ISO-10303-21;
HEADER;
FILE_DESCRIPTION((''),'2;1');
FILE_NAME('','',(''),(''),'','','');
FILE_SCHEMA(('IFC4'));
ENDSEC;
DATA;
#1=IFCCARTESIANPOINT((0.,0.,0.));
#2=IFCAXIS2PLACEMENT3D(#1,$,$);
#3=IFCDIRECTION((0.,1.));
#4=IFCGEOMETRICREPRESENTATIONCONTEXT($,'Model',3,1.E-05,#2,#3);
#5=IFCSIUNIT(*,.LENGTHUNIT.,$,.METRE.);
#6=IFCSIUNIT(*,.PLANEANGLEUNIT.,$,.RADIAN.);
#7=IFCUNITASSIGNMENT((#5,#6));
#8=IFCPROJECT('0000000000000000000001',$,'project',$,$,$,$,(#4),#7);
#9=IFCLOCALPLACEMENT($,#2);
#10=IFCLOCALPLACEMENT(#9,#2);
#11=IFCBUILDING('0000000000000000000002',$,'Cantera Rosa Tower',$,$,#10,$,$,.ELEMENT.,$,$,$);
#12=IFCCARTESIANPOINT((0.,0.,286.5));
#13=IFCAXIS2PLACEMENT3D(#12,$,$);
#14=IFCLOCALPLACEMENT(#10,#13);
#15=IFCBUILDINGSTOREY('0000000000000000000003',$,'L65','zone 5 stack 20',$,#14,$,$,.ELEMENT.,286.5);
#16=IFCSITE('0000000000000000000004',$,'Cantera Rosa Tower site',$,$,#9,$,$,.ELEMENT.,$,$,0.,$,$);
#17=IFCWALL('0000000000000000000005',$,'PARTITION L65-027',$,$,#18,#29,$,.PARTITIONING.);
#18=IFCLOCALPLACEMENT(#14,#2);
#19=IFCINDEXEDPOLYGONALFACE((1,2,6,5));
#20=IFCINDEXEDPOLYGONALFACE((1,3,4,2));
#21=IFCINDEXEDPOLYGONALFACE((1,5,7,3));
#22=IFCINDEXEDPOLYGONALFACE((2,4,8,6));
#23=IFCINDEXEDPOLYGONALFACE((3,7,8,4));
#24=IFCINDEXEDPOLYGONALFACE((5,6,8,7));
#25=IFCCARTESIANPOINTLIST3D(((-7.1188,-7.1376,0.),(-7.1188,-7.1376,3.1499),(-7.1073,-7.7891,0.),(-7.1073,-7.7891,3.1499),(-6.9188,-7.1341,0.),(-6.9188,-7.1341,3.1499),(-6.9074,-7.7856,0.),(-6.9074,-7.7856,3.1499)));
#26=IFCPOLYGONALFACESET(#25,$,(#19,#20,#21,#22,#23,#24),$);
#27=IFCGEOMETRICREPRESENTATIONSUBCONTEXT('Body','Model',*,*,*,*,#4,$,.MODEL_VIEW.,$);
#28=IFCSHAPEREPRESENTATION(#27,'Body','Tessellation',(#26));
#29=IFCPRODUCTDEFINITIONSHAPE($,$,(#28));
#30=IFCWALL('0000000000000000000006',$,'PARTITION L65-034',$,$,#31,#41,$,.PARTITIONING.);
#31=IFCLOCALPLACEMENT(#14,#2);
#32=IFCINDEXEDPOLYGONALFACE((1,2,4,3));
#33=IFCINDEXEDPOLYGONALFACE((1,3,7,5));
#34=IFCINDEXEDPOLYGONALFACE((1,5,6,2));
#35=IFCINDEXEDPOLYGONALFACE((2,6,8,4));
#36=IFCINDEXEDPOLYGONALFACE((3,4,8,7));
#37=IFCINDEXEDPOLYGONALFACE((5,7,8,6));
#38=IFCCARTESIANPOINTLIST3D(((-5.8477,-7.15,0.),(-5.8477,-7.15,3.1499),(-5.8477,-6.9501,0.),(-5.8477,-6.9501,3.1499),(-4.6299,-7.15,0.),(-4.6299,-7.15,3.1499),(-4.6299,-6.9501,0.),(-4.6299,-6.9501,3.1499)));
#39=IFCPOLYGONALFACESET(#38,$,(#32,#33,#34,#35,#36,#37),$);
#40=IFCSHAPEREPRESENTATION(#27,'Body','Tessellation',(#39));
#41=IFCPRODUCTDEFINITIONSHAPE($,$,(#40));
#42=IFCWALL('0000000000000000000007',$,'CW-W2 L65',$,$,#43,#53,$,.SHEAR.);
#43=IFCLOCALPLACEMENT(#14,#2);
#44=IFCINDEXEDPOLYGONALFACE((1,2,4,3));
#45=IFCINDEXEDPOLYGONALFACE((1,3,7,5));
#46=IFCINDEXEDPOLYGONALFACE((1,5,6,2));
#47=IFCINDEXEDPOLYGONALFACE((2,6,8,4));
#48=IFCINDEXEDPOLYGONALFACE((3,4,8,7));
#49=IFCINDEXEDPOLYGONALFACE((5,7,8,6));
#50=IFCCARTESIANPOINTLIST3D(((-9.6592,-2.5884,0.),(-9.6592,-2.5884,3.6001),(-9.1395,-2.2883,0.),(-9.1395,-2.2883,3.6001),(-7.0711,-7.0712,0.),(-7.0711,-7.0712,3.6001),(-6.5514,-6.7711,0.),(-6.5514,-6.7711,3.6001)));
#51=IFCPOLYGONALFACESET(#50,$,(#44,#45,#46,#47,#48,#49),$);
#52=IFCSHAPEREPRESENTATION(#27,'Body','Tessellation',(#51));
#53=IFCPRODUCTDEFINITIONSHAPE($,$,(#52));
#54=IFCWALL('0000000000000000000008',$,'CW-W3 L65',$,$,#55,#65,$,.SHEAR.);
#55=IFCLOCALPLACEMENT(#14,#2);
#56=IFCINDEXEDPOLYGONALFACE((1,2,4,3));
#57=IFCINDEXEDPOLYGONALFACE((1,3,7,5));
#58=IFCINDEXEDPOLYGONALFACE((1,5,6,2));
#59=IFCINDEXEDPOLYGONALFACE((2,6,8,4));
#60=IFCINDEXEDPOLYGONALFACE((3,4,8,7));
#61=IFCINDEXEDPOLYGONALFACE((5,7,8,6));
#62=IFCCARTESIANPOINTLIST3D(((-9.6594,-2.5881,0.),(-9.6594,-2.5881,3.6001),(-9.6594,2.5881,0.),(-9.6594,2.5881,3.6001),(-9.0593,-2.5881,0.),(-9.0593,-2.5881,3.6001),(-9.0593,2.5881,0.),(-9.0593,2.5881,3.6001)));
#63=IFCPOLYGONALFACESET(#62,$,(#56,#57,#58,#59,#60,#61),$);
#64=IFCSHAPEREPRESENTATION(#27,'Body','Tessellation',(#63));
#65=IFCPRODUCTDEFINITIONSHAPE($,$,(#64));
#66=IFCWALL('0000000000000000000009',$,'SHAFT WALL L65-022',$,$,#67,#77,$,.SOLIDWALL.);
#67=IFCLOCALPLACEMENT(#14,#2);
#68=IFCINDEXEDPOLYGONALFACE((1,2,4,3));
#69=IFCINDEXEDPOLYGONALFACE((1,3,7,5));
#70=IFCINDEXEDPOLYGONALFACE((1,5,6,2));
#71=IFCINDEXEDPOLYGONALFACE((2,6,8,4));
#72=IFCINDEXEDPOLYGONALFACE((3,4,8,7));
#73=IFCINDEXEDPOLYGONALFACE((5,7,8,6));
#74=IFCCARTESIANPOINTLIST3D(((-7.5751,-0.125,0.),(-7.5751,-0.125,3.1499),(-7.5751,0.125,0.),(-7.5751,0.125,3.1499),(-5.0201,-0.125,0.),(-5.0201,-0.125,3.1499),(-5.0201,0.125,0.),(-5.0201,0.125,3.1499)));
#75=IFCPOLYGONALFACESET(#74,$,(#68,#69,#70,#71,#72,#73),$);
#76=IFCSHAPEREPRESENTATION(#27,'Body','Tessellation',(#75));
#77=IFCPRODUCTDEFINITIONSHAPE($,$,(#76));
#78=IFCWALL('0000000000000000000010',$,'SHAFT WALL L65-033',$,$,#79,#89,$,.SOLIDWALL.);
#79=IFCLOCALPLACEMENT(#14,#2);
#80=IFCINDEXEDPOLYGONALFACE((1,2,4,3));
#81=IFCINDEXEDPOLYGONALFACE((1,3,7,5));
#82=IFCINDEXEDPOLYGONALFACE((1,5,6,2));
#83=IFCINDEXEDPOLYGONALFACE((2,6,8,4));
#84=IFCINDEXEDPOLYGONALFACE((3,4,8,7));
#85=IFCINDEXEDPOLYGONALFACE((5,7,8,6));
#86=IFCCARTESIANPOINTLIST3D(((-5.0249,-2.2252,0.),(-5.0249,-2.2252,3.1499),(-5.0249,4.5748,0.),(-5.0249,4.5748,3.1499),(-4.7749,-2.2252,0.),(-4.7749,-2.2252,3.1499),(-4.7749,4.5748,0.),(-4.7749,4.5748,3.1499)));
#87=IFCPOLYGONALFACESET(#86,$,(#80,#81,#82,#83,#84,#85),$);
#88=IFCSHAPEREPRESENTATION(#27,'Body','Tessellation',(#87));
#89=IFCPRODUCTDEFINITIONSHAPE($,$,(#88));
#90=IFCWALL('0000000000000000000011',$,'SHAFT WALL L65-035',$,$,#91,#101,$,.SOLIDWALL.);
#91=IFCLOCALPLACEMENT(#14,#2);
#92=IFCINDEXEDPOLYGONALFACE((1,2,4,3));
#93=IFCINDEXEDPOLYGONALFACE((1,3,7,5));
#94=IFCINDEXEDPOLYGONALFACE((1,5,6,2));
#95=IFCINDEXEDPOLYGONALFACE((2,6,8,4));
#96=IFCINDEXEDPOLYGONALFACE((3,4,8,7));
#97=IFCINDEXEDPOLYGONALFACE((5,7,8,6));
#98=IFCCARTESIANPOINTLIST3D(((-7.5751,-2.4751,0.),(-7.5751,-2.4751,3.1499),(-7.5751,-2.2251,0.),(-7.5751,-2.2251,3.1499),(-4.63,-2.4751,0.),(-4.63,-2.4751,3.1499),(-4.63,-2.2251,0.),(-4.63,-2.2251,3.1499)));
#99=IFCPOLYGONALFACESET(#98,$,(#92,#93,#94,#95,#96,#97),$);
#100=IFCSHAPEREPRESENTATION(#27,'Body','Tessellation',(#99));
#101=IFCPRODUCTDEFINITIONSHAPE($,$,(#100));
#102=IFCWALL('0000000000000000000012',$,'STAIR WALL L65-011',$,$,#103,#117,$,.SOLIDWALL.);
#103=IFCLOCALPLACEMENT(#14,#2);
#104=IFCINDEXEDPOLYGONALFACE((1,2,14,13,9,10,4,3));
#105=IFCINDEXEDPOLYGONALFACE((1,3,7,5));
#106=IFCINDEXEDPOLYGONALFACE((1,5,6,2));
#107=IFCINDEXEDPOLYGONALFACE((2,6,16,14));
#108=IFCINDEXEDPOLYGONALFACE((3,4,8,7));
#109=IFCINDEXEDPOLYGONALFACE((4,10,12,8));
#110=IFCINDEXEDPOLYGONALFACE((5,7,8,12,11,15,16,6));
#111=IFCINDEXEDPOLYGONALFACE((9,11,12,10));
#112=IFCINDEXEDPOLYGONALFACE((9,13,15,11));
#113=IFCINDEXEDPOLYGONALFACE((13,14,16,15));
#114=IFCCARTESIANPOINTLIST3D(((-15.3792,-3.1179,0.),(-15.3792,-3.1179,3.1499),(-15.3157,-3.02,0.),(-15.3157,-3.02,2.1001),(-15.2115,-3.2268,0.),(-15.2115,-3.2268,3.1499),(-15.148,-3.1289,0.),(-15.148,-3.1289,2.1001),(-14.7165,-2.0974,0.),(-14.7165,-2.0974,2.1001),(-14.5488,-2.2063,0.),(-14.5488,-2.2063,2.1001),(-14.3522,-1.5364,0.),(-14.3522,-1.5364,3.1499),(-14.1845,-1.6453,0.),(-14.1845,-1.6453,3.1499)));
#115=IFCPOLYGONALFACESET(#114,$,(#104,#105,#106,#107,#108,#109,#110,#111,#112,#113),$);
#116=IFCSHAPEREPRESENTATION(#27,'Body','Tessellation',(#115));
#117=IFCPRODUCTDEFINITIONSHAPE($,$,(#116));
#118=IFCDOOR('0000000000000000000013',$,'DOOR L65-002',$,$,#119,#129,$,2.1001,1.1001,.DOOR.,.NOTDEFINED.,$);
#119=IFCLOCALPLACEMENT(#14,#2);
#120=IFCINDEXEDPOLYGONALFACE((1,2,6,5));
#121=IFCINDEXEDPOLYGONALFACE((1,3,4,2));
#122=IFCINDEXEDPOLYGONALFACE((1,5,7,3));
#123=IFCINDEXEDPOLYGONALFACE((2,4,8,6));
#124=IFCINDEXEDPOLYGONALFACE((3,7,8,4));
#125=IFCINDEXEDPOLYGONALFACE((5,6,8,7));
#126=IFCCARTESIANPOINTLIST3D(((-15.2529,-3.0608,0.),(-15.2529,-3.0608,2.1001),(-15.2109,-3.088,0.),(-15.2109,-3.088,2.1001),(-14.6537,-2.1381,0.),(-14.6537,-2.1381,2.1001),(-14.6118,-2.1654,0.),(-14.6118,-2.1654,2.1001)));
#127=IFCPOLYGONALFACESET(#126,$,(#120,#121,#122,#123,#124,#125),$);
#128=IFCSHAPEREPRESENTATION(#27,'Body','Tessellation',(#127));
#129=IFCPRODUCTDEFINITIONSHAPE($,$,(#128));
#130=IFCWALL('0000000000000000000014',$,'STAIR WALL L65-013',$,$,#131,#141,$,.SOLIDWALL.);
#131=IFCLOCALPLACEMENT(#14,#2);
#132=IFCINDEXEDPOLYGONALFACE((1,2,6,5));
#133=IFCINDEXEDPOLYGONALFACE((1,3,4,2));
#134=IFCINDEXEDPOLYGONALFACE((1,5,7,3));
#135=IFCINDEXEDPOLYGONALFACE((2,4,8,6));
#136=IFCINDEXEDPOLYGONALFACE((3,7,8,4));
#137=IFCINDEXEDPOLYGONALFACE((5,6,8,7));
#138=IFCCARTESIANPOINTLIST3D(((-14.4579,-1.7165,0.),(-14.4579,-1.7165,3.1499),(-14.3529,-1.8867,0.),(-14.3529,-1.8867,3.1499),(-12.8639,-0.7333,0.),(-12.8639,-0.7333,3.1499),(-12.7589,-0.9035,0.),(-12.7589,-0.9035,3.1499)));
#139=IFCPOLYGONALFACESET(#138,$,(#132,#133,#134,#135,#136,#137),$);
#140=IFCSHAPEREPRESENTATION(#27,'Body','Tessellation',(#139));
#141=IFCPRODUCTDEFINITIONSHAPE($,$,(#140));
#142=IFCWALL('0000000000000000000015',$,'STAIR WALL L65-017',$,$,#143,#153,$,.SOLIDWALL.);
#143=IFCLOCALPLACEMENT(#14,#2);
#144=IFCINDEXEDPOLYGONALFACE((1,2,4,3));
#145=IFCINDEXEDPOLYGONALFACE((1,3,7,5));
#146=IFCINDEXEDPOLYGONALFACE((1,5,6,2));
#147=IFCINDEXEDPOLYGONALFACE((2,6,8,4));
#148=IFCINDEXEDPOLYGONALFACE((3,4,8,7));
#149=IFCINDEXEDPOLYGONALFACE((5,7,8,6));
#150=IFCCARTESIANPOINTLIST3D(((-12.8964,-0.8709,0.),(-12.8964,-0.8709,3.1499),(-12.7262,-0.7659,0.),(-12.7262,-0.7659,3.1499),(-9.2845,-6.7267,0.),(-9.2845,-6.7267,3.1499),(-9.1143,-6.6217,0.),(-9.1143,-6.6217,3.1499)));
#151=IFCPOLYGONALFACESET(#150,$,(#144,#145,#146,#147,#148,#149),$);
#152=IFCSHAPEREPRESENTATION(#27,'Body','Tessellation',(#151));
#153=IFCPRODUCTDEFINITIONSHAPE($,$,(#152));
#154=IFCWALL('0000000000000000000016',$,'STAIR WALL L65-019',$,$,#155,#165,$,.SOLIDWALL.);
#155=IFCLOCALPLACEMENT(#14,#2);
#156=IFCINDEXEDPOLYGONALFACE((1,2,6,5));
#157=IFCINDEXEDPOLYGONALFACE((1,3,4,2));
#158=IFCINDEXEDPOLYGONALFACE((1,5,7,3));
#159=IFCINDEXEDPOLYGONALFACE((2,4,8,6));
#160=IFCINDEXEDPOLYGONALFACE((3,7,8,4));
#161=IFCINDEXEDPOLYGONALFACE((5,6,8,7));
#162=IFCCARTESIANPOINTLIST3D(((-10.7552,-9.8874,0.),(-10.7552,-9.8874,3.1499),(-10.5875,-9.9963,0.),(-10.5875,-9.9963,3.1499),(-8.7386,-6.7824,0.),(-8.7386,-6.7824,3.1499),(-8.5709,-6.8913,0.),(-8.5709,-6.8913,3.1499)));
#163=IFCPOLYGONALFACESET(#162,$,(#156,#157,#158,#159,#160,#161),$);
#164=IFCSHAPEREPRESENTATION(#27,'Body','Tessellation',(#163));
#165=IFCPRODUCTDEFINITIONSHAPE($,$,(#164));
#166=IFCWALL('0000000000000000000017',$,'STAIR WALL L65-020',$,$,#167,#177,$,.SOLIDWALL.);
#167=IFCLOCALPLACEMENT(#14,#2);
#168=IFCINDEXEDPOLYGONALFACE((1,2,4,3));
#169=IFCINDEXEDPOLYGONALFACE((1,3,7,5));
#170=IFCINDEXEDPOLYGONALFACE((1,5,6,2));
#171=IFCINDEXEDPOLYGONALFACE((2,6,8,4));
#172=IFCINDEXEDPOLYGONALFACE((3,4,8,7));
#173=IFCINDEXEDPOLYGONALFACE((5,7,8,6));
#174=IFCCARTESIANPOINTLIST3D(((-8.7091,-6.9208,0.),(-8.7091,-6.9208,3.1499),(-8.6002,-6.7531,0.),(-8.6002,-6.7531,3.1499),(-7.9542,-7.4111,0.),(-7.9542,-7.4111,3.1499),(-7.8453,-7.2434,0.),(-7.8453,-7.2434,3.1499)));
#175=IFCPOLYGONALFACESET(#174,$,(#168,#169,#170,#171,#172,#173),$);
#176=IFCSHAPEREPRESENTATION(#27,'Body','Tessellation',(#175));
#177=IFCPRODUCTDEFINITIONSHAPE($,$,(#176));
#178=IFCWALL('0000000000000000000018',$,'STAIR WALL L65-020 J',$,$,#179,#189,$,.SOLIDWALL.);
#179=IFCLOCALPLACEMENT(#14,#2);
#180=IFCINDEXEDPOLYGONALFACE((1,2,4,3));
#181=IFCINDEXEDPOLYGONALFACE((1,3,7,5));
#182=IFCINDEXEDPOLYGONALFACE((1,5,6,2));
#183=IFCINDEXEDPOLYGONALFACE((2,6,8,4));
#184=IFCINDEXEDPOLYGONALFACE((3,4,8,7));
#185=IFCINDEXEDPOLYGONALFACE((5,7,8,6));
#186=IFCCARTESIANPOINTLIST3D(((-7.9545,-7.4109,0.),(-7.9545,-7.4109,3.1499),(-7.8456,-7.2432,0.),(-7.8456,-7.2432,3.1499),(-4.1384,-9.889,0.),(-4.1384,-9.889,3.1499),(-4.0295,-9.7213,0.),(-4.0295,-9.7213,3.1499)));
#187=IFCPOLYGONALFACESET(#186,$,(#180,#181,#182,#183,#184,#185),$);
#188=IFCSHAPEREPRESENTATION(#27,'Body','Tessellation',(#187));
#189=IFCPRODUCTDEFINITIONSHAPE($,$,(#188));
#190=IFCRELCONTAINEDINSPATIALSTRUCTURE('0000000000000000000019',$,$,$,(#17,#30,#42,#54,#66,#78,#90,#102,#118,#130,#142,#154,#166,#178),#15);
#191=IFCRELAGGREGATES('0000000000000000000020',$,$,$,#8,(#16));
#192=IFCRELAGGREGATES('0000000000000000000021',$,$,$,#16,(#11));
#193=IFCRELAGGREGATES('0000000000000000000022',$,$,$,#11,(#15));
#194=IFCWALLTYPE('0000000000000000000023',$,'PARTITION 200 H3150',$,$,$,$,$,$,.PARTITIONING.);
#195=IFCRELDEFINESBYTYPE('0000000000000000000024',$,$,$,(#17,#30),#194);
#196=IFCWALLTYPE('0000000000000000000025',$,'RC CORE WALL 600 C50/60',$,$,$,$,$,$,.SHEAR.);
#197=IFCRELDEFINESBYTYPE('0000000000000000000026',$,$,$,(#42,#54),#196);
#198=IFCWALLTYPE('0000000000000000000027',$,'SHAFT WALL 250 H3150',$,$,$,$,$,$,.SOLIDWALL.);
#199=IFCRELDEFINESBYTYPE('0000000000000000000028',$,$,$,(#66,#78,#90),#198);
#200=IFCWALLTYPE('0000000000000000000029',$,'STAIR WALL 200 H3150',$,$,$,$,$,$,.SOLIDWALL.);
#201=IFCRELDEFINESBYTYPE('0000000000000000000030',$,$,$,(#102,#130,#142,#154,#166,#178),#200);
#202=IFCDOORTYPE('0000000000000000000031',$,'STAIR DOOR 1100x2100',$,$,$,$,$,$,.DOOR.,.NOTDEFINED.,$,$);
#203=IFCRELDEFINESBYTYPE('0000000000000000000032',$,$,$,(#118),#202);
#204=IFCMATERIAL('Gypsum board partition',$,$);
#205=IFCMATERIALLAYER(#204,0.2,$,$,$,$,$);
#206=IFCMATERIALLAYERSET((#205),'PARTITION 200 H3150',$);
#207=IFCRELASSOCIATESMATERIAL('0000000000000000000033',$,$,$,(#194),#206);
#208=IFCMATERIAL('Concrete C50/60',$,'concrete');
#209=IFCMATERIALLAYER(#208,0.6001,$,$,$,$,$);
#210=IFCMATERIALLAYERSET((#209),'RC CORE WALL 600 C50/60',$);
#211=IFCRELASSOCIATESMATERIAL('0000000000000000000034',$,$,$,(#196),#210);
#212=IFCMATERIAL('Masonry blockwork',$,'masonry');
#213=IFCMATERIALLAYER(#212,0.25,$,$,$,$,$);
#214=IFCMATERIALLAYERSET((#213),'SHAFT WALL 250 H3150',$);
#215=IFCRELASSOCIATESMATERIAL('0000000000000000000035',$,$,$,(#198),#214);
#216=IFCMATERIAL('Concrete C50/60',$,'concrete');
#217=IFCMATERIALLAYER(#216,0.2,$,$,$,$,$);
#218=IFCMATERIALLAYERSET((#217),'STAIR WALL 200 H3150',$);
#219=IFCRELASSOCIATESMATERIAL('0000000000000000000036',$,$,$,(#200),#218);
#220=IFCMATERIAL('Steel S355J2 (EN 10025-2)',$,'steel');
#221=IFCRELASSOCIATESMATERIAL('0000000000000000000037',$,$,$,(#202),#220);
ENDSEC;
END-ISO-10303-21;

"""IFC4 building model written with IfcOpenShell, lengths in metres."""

from ifc_helpers import new_model, si_unit, direction, frame, frame_2d, origin, place, context, subcontext, project, spatial, rectangle, extrude, material, layer, layer_set, type_object, element, fill, save


model = new_model("IFC4")

# Units and contexts
model_context = context("Model", 3, precision=1e-05, world=origin(), true_north=direction((0.0, 1.0)))
body_context = subcontext(model_context, "Body", "Model", "MODEL_VIEW")
ifc_project = project(units=[si_unit("LENGTHUNIT", "METRE"), si_unit("PLANEANGLEUNIT", "RADIAN")], contexts=[model_context])

# Site, building, storey
site_placement = place(None, origin())
site = spatial("IfcSite", under=ifc_project, at=site_placement, Name="Cantera Rosa Tower site", CompositionType="ELEMENT", RefElevation=0.0)
building_placement = place(site_placement, origin())
building = spatial("IfcBuilding", under=site, at=building_placement, Name="Cantera Rosa Tower", CompositionType="ELEMENT")
storey_placement = place(building_placement, frame((0.0, 0.0, 286.5)))
storey = spatial("IfcBuildingStorey", under=building, at=storey_placement, Name="L65", Description="zone 5 stack 20", CompositionType="ELEMENT", Elevation=286.5)

# Walls
ifc_material_1 = material(Name="Gypsum board partition")
ifc_layer_1 = layer(ifc_material_1, 0.2)
ifc_layer_set_1 = layer_set([ifc_layer_1], Name="PARTITION 200 H3150")
wall_type_1 = type_object("IfcWallType", Name="PARTITION 200 H3150", PredefinedType="PARTITIONING", material=ifc_layer_set_1)
wall_1_placement = place(storey_placement, frame((-7.0188, -7.136, 0.0), z_axis=(0.0, 0.0, 1.0), x_axis=(0.017607, -0.999845, 0.0)))
element("IfcWall", 1, at=wall_1_placement, inside=storey, type_object=wall_type_1, Name="PARTITION L65-027", PredefinedType="PARTITIONING", context=body_context, shape_type="SweptSolid", body=[
    extrude(rectangle(XDim=0.6516, YDim=0.2, at=frame_2d((0.3257, 0.0))), origin(), (0.0, 0.0, 1.0), 3.1499),
])
wall_2_placement = place(storey_placement, frame((-4.6299, -7.05, 0.0), z_axis=(0.0, 0.0, 1.0), x_axis=(-1.0, 0.0, 0.0)))
element("IfcWall", 2, at=wall_2_placement, inside=storey, type_object=wall_type_1, Name="PARTITION L65-034", PredefinedType="PARTITIONING", context=body_context, shape_type="SweptSolid", body=[
    extrude(rectangle(XDim=1.2178, YDim=0.2, at=frame_2d((0.6089, 0.0))), origin(), (0.0, 0.0, 1.0), 3.1499),
])
ifc_material_2 = material(Name="Concrete C50/60", Category="concrete")
ifc_layer_2 = layer(ifc_material_2, 0.6001)
ifc_layer_set_2 = layer_set([ifc_layer_2], Name="RC CORE WALL 600 C50/60")
wall_type_2 = type_object("IfcWallType", Name="RC CORE WALL 600 C50/60", PredefinedType="SHEAR", material=ifc_layer_set_2)
for number, where, z_axis, x_axis, name in (
    (3, (-6.8113, -6.9211, 0.0), (0.0, 0.0, 1.0), (-0.499989, 0.866032, 0.0), "CW-W2 L65"),
    (4, (-9.3594, -2.5881, 0.0), (0.0, 0.0, 1.0), (0.0, 1.0, 0.0), "CW-W3 L65"),
):
    element("IfcWall", number, at=place(storey_placement, frame(where, z_axis=z_axis, x_axis=x_axis)), inside=storey, type_object=wall_type_2, Name=name, PredefinedType="SHEAR", context=body_context, shape_type="SweptSolid", body=[
        extrude(rectangle(XDim=5.1763, YDim=0.6001, at=frame_2d((2.5881, 0.0))), origin(), (0.0, 0.0, 1.0), 3.6001),
    ])
ifc_material_3 = material(Name="Masonry blockwork", Category="masonry")
ifc_layer_3 = layer(ifc_material_3, 0.25)
ifc_layer_set_3 = layer_set([ifc_layer_3], Name="SHAFT WALL 250 H3150")
wall_type_3 = type_object("IfcWallType", Name="SHAFT WALL 250 H3150", PredefinedType="SOLIDWALL", material=ifc_layer_set_3)
wall_3_placement = place(storey_placement, frame((-7.575, 0.0, 0.0), z_axis=(0.0, 0.0, 1.0), x_axis=(1.0, 0.0, 0.0)))
element("IfcWall", 5, at=wall_3_placement, inside=storey, type_object=wall_type_3, Name="SHAFT WALL L65-022", PredefinedType="SOLIDWALL", context=body_context, shape_type="SweptSolid", body=[
    extrude(rectangle(XDim=2.5549, YDim=0.25, at=frame_2d((1.2773, 0.0))), origin(), (0.0, 0.0, 1.0), 3.1499),
])
wall_4_placement = place(storey_placement, frame((-4.8999, -2.2251, 0.0), z_axis=(0.0, 0.0, 1.0), x_axis=(0.0, 1.0, 0.0)))
element("IfcWall", 6, at=wall_4_placement, inside=storey, type_object=wall_type_3, Name="SHAFT WALL L65-033", PredefinedType="SOLIDWALL", context=body_context, shape_type="SweptSolid", body=[
    extrude(rectangle(XDim=6.8, YDim=0.25, at=frame_2d((3.3999, 0.0))), origin(), (0.0, 0.0, 1.0), 3.1499),
])
wall_5_placement = place(storey_placement, frame((-4.6299, -2.3501, 0.0), z_axis=(0.0, 0.0, 1.0), x_axis=(-1.0, 0.0, 0.0)))
element("IfcWall", 7, at=wall_5_placement, inside=storey, type_object=wall_type_3, Name="SHAFT WALL L65-035", PredefinedType="SOLIDWALL", context=body_context, shape_type="SweptSolid", body=[
    extrude(rectangle(XDim=2.9451, YDim=0.25, at=frame_2d((1.4727, 0.0))), origin(), (0.0, 0.0, 1.0), 3.1499),
])

# Wall, opening, door
ifc_material_4 = material(Name="Concrete C50/60", Category="concrete")
ifc_layer_4 = layer(ifc_material_4, 0.2)
ifc_layer_set_4 = layer_set([ifc_layer_4], Name="STAIR WALL 200 H3150")
wall_type_4 = type_object("IfcWallType", Name="STAIR WALL 200 H3150", PredefinedType="SOLIDWALL", material=ifc_layer_set_4)
wall_6_placement = place(storey_placement, frame((-14.2683, -1.5908, 0.0), z_axis=(0.0, 0.0, 1.0), x_axis=(-0.544652, -0.838662, 0.0)))
wall_6 = element("IfcWall", 8, at=wall_6_placement, inside=storey, type_object=wall_type_4, Name="STAIR WALL L65-011", PredefinedType="SOLIDWALL", context=body_context, shape_type="SweptSolid", body=[
    extrude(rectangle(XDim=1.8857, YDim=0.2, at=frame_2d((0.9429, 0.0))), origin(), (0.0, 0.0, 1.0), 3.1499),
])
opening_placement = place(wall_6_placement, frame((0.6689, 0.0, 0.0)))
opening = element("IfcOpeningElement", 9, at=opening_placement, cuts=wall_6, PredefinedType="OPENING", context=body_context, shape_type="SweptSolid", body=[
    extrude(rectangle(XDim=1.1001, YDim=2.1001, at=frame_2d((0.55, 1.05))), frame((0.0, 0.1099, 0.0), z_axis=(0.0, -1.0, 0.0), x_axis=(1.0, 0.0, 0.0)), (0.0, 0.0, 1.0), 0.22),
])
ifc_material_5 = material(Name="Steel S355J2 (EN 10025-2)", Category="steel")
door_type = type_object("IfcDoorType", Name="STAIR DOOR 1100x2100", OperationType="NOTDEFINED", PredefinedType="DOOR", material=ifc_material_5)
door_placement = place(opening_placement, origin())
door = element("IfcDoor", 10, at=door_placement, inside=storey, type_object=door_type, Name="DOOR L65-002", OperationType="NOTDEFINED", OverallHeight=2.1001, OverallWidth=1.1001, PredefinedType="DOOR", context=body_context, shape_type="SweptSolid", body=[
    extrude(rectangle(XDim=1.1001, YDim=2.1001, at=frame_2d((0.55, 1.05))), frame((0.0, 0.0249, 0.0), z_axis=(0.0, -1.0, 0.0), x_axis=(1.0, 0.0, 0.0)), (0.0, 0.0, 1.0), 0.05),
])
fill(opening, door)

# Walls
wall_7_placement = place(storey_placement, frame((-12.8113, -0.8184, 0.0), z_axis=(0.0, 0.0, 1.0), x_axis=(-0.851125, -0.524963, 0.0)))
element("IfcWall", 11, at=wall_7_placement, inside=storey, type_object=wall_type_4, Name="STAIR WALL L65-013", PredefinedType="SOLIDWALL", context=body_context, shape_type="SweptSolid", body=[
    extrude(rectangle(XDim=1.8728, YDim=0.2, at=frame_2d((0.9365, 0.0))), origin(), (0.0, 0.0, 1.0), 3.1499),
])
wall_8_placement = place(storey_placement, frame((-9.1995, -6.6741, 0.0), z_axis=(0.0, 0.0, 1.0), x_axis=(-0.524972, 0.851119, 0.0)))
element("IfcWall", 12, at=wall_8_placement, inside=storey, type_object=wall_type_4, Name="STAIR WALL L65-017", PredefinedType="SOLIDWALL", context=body_context, shape_type="SweptSolid", body=[
    extrude(rectangle(XDim=6.8801, YDim=0.2, at=frame_2d((3.4399, 0.0))), origin(), (0.0, 0.0, 1.0), 3.1499),
])
wall_9_placement = place(storey_placement, frame((-8.6548, -6.8369, 0.0), z_axis=(0.0, 0.0, 1.0), x_axis=(-0.544678, -0.838645, 0.0)))
element("IfcWall", 13, at=wall_9_placement, inside=storey, type_object=wall_type_4, Name="STAIR WALL L65-019", PredefinedType="SOLIDWALL", context=body_context, shape_type="SweptSolid", body=[
    extrude(rectangle(XDim=3.7024, YDim=0.2, at=frame_2d((1.8511, 0.0))), origin(), (0.0, 0.0, 1.0), 3.1499),
])
wall_10_placement = place(storey_placement, frame((-8.6548, -6.8369, 0.0), z_axis=(0.0, 0.0, 1.0), x_axis=(0.838667, -0.544645, 0.0)))
element("IfcWall", 14, at=wall_10_placement, inside=storey, type_object=wall_type_4, Name="STAIR WALL L65-020", PredefinedType="SOLIDWALL", context=body_context, shape_type="SweptSolid", body=[
    extrude(rectangle(XDim=0.9001, YDim=0.2, at=frame_2d((0.4502, 0.0))), origin(), (0.0, 0.0, 1.0), 3.1499),
])
wall_11_placement = place(storey_placement, frame((-7.8999, -7.3271, 0.0), z_axis=(0.0, 0.0, 1.0), x_axis=(0.838676, -0.54463, 0.0)))
element("IfcWall", 15, at=wall_11_placement, inside=storey, type_object=wall_type_4, Name="STAIR WALL L65-020 J", PredefinedType="SOLIDWALL", context=body_context, shape_type="SweptSolid", body=[
    extrude(rectangle(XDim=4.55, YDim=0.2, at=frame_2d((2.2749, 0.0))), origin(), (0.0, 0.0, 1.0), 3.1499),
])

save(model, "model.ifc")
